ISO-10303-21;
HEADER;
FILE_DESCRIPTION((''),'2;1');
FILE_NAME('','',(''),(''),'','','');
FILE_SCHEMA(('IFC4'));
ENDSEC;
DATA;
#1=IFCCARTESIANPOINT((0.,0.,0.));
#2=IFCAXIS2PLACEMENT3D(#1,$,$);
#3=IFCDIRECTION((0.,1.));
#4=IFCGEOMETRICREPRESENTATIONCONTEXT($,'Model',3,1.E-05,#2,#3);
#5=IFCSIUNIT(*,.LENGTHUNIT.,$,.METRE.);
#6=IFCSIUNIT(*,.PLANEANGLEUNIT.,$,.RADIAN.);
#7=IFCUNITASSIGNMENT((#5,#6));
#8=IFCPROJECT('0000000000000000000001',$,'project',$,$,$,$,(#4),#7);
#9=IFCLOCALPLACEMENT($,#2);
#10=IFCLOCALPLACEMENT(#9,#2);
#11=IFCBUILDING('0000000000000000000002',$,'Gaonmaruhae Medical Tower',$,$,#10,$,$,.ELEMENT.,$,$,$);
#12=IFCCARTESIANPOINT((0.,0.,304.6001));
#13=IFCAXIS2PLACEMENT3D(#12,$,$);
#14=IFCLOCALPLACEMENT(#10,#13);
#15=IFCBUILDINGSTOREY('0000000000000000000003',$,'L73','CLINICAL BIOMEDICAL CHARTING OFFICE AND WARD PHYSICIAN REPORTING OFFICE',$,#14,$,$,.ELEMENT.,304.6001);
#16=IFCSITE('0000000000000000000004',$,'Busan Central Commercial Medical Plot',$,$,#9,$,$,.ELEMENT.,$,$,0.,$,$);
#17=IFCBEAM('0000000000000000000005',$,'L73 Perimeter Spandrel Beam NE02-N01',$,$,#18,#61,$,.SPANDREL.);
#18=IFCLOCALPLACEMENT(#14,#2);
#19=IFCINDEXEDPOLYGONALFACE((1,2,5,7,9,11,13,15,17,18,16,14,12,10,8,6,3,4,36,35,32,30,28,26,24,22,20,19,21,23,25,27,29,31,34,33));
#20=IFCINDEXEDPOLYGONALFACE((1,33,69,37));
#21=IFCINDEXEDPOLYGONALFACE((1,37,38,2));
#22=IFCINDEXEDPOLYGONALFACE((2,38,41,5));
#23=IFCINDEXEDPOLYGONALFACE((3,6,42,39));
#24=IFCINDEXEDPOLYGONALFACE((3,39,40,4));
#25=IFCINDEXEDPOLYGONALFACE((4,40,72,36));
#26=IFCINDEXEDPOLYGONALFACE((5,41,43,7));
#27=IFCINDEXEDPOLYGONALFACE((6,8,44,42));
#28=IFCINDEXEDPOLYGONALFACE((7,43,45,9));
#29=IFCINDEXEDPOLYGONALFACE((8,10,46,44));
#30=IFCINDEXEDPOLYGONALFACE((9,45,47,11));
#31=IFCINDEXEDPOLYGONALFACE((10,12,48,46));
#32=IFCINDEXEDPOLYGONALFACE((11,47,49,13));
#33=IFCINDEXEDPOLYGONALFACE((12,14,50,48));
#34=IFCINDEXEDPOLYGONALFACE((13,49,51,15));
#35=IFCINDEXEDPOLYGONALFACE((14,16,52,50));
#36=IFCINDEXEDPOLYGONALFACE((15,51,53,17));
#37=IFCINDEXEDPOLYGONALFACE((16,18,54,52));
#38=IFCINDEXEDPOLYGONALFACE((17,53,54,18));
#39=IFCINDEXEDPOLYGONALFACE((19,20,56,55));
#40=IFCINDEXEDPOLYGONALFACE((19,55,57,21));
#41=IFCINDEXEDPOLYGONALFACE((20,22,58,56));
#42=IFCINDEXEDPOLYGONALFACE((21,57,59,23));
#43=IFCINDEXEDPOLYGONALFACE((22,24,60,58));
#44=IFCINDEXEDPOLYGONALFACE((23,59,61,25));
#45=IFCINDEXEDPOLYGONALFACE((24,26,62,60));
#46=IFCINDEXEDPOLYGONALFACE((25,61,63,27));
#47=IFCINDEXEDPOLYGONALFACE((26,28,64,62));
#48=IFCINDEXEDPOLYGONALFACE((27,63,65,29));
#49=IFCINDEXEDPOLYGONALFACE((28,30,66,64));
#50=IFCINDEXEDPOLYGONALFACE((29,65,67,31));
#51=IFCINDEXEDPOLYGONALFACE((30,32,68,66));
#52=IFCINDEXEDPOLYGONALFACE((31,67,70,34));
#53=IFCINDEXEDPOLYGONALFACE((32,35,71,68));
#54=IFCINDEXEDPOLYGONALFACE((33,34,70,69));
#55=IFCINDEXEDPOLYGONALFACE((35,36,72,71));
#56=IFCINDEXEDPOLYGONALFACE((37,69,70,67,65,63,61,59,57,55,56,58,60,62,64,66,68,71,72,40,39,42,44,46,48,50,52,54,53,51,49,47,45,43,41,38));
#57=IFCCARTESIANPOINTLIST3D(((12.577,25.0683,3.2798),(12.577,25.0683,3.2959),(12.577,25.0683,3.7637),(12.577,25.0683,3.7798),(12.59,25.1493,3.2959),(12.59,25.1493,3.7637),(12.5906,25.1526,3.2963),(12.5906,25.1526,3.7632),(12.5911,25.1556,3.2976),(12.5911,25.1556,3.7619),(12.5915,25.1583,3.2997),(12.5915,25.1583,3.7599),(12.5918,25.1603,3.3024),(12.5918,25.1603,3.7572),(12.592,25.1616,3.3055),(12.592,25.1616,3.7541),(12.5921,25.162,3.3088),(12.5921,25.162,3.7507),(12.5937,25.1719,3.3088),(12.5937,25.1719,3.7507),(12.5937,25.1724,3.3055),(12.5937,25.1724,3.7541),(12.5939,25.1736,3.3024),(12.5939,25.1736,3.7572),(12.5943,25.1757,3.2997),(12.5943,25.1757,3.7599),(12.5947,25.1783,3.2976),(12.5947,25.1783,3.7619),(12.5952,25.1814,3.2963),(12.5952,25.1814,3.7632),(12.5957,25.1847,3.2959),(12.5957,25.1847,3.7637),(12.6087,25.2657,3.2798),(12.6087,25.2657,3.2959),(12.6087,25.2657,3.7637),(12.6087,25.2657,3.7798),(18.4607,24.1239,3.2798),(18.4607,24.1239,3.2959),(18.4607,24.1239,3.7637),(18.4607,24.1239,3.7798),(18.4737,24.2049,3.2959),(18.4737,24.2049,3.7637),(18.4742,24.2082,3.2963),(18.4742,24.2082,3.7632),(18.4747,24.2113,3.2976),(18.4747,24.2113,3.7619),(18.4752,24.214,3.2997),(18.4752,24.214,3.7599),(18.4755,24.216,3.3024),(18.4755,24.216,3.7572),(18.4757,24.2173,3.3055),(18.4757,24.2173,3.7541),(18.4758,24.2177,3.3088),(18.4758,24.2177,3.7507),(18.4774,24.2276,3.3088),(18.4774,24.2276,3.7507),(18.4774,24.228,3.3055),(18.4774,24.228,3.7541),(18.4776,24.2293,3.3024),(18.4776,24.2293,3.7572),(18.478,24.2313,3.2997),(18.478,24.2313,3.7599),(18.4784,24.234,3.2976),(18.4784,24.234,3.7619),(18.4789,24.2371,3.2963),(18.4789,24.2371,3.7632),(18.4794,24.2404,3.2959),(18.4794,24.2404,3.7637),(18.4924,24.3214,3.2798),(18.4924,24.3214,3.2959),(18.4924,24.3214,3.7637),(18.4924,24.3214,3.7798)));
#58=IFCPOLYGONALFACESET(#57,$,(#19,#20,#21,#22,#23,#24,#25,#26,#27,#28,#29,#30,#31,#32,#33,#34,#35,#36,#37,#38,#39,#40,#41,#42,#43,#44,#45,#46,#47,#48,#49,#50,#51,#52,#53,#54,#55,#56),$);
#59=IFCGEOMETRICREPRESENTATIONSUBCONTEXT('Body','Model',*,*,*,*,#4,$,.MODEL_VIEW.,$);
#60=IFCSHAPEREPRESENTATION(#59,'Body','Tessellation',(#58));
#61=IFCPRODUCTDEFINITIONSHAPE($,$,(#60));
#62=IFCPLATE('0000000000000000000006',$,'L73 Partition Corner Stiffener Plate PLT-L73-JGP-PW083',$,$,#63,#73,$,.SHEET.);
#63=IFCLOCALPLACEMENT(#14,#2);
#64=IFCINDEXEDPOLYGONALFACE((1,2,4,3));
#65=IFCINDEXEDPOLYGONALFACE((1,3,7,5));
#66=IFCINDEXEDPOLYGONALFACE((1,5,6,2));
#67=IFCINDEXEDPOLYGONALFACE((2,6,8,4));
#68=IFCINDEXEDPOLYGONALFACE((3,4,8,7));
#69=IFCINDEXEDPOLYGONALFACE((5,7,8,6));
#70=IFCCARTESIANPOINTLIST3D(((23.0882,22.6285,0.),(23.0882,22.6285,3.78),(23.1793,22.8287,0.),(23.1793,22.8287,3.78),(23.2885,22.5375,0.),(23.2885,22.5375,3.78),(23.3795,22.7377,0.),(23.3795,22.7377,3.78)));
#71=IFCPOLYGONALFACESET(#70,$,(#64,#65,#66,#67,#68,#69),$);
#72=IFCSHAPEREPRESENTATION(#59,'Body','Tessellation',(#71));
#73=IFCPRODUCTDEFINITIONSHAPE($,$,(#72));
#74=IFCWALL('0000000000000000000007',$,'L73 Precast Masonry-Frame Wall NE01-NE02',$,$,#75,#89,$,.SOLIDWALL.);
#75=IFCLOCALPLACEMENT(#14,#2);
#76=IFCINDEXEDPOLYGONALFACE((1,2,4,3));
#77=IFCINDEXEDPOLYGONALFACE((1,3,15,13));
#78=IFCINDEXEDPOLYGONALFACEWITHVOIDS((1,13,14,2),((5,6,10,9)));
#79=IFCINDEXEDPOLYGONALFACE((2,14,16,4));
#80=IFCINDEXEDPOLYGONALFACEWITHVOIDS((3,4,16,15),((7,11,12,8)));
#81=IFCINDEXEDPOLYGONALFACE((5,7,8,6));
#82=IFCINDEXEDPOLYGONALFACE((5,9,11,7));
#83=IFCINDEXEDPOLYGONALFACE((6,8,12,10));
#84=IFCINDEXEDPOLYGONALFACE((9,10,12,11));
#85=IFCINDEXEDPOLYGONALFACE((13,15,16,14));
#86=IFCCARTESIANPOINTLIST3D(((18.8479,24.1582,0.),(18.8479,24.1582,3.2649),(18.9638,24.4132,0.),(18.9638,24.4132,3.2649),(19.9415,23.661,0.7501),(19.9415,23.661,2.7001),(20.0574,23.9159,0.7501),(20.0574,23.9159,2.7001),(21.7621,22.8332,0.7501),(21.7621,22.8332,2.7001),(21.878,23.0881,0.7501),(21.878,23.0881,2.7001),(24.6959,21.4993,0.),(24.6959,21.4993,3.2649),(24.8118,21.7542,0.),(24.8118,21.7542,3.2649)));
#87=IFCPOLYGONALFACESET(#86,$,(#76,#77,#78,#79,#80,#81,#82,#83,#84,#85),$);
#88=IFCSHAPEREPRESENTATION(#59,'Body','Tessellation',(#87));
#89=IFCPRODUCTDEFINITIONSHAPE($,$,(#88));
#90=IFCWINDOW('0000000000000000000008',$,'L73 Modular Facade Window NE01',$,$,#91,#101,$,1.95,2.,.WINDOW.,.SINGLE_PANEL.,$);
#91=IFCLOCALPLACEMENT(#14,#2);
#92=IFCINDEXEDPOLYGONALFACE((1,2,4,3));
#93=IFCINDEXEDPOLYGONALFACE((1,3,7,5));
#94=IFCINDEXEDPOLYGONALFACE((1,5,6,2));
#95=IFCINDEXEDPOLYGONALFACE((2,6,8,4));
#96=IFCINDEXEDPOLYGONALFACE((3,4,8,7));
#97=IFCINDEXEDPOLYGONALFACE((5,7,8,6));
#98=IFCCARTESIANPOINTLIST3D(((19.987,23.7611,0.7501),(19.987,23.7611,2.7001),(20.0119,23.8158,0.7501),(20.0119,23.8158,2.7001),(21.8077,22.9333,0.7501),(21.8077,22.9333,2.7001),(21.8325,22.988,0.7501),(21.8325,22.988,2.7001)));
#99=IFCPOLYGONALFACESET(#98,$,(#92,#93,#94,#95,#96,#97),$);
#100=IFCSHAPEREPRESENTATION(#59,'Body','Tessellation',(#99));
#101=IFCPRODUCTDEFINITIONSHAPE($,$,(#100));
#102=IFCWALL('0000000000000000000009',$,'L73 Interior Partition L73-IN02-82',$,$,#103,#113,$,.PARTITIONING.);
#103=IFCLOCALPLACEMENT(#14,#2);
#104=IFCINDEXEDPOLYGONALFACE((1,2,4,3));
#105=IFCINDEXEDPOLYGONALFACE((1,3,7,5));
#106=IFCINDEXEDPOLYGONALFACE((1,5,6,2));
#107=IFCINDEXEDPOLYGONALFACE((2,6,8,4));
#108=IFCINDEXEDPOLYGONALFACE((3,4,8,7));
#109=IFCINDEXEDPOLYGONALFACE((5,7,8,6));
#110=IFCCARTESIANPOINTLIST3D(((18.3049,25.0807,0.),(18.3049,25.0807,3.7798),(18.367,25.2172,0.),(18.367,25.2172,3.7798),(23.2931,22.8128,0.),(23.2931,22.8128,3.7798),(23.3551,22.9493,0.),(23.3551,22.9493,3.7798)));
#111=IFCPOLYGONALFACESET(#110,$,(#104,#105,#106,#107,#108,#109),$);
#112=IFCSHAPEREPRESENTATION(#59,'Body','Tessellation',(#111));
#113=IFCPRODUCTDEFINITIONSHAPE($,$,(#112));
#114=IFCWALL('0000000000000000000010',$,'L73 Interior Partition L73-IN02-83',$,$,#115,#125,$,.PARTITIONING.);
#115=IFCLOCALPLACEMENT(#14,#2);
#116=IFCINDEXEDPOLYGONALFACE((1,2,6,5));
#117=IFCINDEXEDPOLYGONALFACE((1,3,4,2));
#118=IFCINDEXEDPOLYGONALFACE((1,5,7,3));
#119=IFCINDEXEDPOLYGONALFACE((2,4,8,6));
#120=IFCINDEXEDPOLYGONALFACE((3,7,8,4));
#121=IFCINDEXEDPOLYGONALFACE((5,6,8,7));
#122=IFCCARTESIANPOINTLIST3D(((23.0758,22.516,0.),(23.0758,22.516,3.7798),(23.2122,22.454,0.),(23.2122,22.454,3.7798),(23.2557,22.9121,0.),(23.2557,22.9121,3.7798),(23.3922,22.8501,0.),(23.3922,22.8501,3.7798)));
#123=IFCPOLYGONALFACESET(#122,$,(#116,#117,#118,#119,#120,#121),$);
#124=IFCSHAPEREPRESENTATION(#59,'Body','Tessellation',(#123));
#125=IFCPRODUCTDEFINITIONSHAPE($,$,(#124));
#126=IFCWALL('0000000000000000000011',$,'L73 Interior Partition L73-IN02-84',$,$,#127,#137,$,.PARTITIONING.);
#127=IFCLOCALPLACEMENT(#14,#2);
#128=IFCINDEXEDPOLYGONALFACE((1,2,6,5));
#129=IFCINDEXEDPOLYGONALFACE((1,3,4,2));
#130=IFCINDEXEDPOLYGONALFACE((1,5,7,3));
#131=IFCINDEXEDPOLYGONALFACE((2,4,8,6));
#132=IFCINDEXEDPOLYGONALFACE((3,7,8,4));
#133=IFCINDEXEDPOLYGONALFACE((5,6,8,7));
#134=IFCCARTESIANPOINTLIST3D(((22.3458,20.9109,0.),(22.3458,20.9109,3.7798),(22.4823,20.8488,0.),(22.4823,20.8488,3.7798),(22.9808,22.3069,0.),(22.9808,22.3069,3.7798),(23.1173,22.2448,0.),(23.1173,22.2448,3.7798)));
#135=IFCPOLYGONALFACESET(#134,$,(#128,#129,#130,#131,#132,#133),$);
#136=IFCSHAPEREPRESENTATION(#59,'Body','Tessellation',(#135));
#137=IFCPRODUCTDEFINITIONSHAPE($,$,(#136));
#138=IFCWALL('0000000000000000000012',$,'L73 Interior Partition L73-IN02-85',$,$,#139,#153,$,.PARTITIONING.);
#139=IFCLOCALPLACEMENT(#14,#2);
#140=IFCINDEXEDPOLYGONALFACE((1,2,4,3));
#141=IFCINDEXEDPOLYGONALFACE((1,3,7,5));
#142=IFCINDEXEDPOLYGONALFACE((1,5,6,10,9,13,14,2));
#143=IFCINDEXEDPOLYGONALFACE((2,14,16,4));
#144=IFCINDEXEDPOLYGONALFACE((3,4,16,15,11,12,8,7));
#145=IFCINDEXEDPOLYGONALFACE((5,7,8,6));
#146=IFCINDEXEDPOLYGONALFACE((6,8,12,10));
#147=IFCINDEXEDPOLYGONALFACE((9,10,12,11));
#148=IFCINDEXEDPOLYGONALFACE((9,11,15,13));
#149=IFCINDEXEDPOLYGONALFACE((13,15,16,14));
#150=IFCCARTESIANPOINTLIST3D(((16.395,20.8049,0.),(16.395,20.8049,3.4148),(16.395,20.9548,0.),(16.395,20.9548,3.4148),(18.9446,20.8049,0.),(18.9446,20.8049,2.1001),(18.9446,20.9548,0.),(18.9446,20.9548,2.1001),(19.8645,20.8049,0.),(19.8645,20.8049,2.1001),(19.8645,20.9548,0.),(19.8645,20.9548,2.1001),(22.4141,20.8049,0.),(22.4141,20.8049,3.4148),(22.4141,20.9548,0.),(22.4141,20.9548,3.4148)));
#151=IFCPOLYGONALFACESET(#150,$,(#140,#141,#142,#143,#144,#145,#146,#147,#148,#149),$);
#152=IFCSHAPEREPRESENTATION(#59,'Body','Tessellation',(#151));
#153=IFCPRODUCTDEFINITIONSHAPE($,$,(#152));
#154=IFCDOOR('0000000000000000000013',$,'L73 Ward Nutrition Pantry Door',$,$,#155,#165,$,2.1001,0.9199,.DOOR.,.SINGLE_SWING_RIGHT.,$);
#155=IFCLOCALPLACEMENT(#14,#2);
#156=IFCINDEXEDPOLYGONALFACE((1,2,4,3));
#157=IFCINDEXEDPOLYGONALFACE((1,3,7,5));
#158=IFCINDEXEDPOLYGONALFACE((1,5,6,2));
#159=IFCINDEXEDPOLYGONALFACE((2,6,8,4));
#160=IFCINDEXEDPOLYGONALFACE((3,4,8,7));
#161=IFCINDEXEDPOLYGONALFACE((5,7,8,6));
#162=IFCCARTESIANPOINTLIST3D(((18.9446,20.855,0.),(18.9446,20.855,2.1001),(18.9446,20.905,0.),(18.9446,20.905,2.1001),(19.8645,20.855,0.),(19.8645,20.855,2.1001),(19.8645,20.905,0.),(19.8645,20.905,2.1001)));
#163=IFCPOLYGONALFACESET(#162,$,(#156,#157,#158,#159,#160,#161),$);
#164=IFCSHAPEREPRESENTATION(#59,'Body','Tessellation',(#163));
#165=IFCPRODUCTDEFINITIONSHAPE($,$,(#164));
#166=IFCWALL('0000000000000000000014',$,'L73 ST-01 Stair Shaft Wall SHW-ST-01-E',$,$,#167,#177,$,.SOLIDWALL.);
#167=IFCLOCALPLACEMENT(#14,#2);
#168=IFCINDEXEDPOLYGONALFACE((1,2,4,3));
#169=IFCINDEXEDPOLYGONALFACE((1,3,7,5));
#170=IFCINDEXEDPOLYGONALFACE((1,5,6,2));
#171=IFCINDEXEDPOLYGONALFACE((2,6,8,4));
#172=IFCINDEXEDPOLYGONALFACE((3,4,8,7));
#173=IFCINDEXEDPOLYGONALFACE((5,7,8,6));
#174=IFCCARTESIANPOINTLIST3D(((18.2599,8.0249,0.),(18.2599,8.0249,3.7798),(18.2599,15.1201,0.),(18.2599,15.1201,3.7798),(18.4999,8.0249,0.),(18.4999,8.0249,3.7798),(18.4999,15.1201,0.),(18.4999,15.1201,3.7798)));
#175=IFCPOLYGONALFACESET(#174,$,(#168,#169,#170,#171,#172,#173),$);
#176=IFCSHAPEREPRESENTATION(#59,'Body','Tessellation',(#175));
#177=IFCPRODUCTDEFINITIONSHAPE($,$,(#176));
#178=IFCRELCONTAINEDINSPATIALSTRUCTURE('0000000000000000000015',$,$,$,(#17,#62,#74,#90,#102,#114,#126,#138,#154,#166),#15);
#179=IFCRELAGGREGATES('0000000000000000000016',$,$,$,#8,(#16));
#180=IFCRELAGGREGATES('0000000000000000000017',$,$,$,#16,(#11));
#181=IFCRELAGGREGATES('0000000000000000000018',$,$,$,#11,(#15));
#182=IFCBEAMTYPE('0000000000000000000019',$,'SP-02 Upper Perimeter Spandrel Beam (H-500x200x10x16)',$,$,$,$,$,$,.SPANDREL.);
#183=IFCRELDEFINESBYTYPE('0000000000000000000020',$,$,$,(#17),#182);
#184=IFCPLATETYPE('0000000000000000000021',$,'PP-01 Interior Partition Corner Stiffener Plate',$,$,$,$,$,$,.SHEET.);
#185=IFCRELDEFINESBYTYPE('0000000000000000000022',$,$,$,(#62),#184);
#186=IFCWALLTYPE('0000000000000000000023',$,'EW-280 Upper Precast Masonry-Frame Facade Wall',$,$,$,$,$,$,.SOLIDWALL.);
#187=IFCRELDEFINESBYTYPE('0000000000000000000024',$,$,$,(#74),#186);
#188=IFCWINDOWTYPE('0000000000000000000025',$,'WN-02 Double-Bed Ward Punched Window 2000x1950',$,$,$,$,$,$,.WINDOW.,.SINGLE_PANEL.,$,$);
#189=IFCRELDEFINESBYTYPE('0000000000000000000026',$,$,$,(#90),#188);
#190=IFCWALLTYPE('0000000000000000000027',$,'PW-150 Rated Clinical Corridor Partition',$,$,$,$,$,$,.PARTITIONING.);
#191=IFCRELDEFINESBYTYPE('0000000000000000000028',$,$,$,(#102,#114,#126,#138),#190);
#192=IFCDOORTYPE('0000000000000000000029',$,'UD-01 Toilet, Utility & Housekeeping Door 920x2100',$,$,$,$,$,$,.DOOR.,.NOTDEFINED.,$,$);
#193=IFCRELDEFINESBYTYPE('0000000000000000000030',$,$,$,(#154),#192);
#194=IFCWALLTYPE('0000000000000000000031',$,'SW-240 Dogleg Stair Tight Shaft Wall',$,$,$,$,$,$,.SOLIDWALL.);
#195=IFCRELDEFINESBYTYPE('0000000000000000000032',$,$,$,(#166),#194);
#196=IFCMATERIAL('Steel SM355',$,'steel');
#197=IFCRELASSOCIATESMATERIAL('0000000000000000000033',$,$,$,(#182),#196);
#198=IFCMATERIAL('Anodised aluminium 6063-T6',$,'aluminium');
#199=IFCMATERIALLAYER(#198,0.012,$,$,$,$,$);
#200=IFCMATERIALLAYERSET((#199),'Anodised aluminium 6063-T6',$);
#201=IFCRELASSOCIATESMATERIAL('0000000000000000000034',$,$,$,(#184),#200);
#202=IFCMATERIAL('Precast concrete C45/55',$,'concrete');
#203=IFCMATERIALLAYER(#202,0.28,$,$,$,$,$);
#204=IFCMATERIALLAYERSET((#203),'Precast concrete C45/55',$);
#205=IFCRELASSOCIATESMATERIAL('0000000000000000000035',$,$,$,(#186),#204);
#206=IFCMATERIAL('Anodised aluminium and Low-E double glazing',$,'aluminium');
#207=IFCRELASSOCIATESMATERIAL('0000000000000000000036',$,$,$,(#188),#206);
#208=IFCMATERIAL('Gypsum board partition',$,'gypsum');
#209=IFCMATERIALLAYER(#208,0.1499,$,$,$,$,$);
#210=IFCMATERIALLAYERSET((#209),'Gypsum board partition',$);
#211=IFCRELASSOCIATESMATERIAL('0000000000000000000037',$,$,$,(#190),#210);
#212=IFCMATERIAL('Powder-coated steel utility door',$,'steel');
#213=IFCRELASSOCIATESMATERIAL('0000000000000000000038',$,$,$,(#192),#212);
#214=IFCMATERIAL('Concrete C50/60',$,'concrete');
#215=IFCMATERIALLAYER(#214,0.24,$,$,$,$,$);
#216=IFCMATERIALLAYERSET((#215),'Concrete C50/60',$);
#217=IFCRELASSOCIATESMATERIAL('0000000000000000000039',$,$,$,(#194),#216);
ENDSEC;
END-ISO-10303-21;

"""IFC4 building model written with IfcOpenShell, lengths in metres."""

from ifc_helpers import new_model, si_unit, direction, frame, frame_2d, origin, origin_2d, place, context, subcontext, project, spatial, rectangle, i_section, extrude, material, layer, layer_set, material_profile, profile_set, type_object, element, fill, save


model = new_model("IFC4")

# Units and contexts
model_context = context("Model", 3, precision=1e-05, world=origin(), true_north=direction((0.0, 1.0)))
body_context = subcontext(model_context, "Body", "Model", "MODEL_VIEW")
ifc_project = project(units=[si_unit("LENGTHUNIT", "METRE"), si_unit("PLANEANGLEUNIT", "RADIAN")], contexts=[model_context])

# Site, building, storey
site_placement = place(None, origin())
site = spatial("IfcSite", under=ifc_project, at=site_placement, Name="Busan Central Commercial Medical Plot", CompositionType="ELEMENT", RefElevation=0.0)
building_placement = place(site_placement, origin())
building = spatial("IfcBuilding", under=site, at=building_placement, Name="Gaonmaruhae Medical Tower", CompositionType="ELEMENT")
storey_placement = place(building_placement, frame((0.0, 0.0, 304.6001)))
storey = spatial("IfcBuildingStorey", under=building, at=storey_placement, Name="L73", Description="CLINICAL BIOMEDICAL CHARTING OFFICE AND WARD PHYSICIAN REPORTING OFFICE", CompositionType="ELEMENT", Elevation=304.6001)

# Shared definitions
ifc_material_1 = material(Name="Concrete C50/60", Category="concrete")

# Beam
ifc_material_2 = material(Name="Steel SM355", Category="steel")
ifc_material_profile_1 = material_profile(ifc_material_2, i_section(OverallWidth=0.2, OverallDepth=0.5, WebThickness=0.01, FlangeThickness=0.0161, FilletRadius=0.0129, at=origin_2d()), Name="H-500x200x10x16")
ifc_profile_set_1 = profile_set([ifc_material_profile_1], Name="Steel SM355")
beam_type_1 = type_object("IfcBeamType", Name="SP-02 Upper Perimeter Spandrel Beam (H-500x200x10x16)", PredefinedType="SPANDREL", material=ifc_profile_set_1)
beam_1_placement = place(storey_placement, frame((18.4766, 24.2227, 3.5298), z_axis=(-0.987364, 0.15847, 0.0), x_axis=(-0.15847, -0.987364, 0.0)))
element("IfcBeam", 1, at=beam_1_placement, inside=storey, type_object=beam_type_1, Name="L73 Perimeter Spandrel Beam NE02-N01", PredefinedType="SPANDREL", context=body_context, shape_type="SweptSolid", body=[
    extrude(i_section(OverallWidth=0.2, OverallDepth=0.5, WebThickness=0.01, FlangeThickness=0.0161, FilletRadius=0.0129, at=origin_2d()), origin(), (0.0, 0.0, 1.0), 5.959),
])

# Plate
ifc_material_3 = material(Name="Anodised aluminium 6063-T6", Category="aluminium")
ifc_layer_1 = layer(ifc_material_3, 0.012)
ifc_layer_set_1 = layer_set([ifc_layer_1], Name="Anodised aluminium 6063-T6")
plate_type = type_object("IfcPlateType", Name="PP-01 Interior Partition Corner Stiffener Plate", PredefinedType="SHEET", material=ifc_layer_set_1)
plate_placement = place(storey_placement, frame((23.2339, 22.6831, 0.0), z_axis=(0.0, 0.0, 1.0), x_axis=(-0.413804, -0.910366, 0.0)))
element("IfcPlate", 2, at=plate_placement, inside=storey, type_object=plate_type, Name="L73 Partition Corner Stiffener Plate PLT-L73-JGP-PW083", PredefinedType="SHEET", context=body_context, shape_type="SweptSolid", body=[
    extrude(rectangle(XDim=0.22, YDim=0.22, at=origin_2d()), origin(), (0.0, 0.0, 1.0), 3.78),
])

# Wall, opening, window
ifc_material_4 = material(Name="Precast concrete C45/55", Category="concrete")
ifc_layer_2 = layer(ifc_material_4, 0.28)
ifc_layer_set_2 = layer_set([ifc_layer_2], Name="Precast concrete C45/55")
wall_type_1 = type_object("IfcWallType", Name="EW-280 Upper Precast Masonry-Frame Facade Wall", PredefinedType="SOLIDWALL", material=ifc_layer_set_2)
wall_1_placement = place(storey_placement, frame((18.906, 24.2856, 0.0), z_axis=(0.0, 0.0, 1.0), x_axis=(0.91032, -0.413906, 0.0)))
wall_1 = element("IfcWall", 3, at=wall_1_placement, inside=storey, type_object=wall_type_1, Name="L73 Precast Masonry-Frame Wall NE01-NE02", PredefinedType="SOLIDWALL", context=body_context, shape_type="SweptSolid", body=[
    extrude(rectangle(XDim=6.4241, YDim=0.28, at=frame_2d((3.2119, 0.0))), origin(), (0.0, 0.0, 1.0), 3.2649),
])
opening_1_placement = place(wall_1_placement, frame((1.2012, 0.0, 0.75)))
opening_1 = element("IfcOpeningElement", 4, at=opening_1_placement, cuts=wall_1, PredefinedType="OPENING", context=body_context, shape_type="SweptSolid", body=[
    extrude(rectangle(XDim=2.0, YDim=1.95, at=frame_2d((1.0, 0.9751))), frame((0.0, 0.1499, 0.0), z_axis=(0.0, -1.0, 0.0), x_axis=(1.0, 0.0, 0.0)), (0.0, 0.0, 1.0), 0.3),
])
ifc_material_5 = material(Name="Anodised aluminium and Low-E double glazing", Category="aluminium")
window_type = type_object("IfcWindowType", Name="WN-02 Double-Bed Ward Punched Window 2000x1950", PartitioningType="SINGLE_PANEL", PredefinedType="WINDOW", material=ifc_material_5)
window_placement = place(opening_1_placement, origin())
window = element("IfcWindow", 5, at=window_placement, inside=storey, type_object=window_type, Name="L73 Modular Facade Window NE01", OverallHeight=1.95, OverallWidth=2.0, PartitioningType="SINGLE_PANEL", PredefinedType="WINDOW", context=body_context, shape_type="SweptSolid", body=[
    extrude(rectangle(XDim=2.0, YDim=1.95, at=frame_2d((1.0, 0.9751))), frame((0.0, 0.03, 0.0), z_axis=(0.0, -1.0, 0.0), x_axis=(1.0, 0.0, 0.0)), (0.0, 0.0, 1.0), 0.0601),
])
fill(opening_1, window)

# Walls
ifc_material_6 = material(Name="Gypsum board partition", Category="gypsum")
ifc_layer_3 = layer(ifc_material_6, 0.1499)
ifc_layer_set_3 = layer_set([ifc_layer_3], Name="Gypsum board partition")
wall_type_2 = type_object("IfcWallType", Name="PW-150 Rated Clinical Corridor Partition", PredefinedType="PARTITIONING", material=ifc_layer_set_3)
wall_2_placement = place(storey_placement, frame((18.3359, 25.1489, 0.0), z_axis=(0.0, 0.0, 1.0), x_axis=(0.91033, -0.413884, 0.0)))
element("IfcWall", 6, at=wall_2_placement, inside=storey, type_object=wall_type_2, Name="L73 Interior Partition L73-IN02-82", PredefinedType="PARTITIONING", context=body_context, shape_type="SweptSolid", body=[
    extrude(rectangle(XDim=5.4795, YDim=0.1499, at=frame_2d((2.7397, 0.0))), origin(), (0.0, 0.0, 1.0), 3.7798),
])
wall_3_placement = place(storey_placement, frame((23.324, 22.8811, 0.0), z_axis=(0.0, 0.0, 1.0), x_axis=(-0.413676, -0.910424, 0.0)))
element("IfcWall", 7, at=wall_3_placement, inside=storey, type_object=wall_type_2, Name="L73 Interior Partition L73-IN02-83", PredefinedType="PARTITIONING", context=body_context, shape_type="SweptSolid", body=[
    extrude(rectangle(XDim=0.4351, YDim=0.1499, at=frame_2d((0.2175, 0.0))), origin(), (0.0, 0.0, 1.0), 3.7798),
])
wall_4_placement = place(storey_placement, frame((23.0491, 22.2759, 0.0), z_axis=(0.0, 0.0, 1.0), x_axis=(-0.414055, -0.910252, 0.0)))
element("IfcWall", 8, at=wall_4_placement, inside=storey, type_object=wall_type_2, Name="L73 Interior Partition L73-IN02-84", PredefinedType="PARTITIONING", context=body_context, shape_type="SweptSolid", body=[
    extrude(rectangle(XDim=1.5337, YDim=0.1499, at=frame_2d((0.7668, 0.0))), origin(), (0.0, 0.0, 1.0), 3.7798),
])

# Wall, opening, door
wall_5_placement = place(storey_placement, frame((22.4141, 20.8799, 0.0), z_axis=(0.0, 0.0, 1.0), x_axis=(-1.0, 0.0, 0.0)))
wall_5 = element("IfcWall", 9, at=wall_5_placement, inside=storey, type_object=wall_type_2, Name="L73 Interior Partition L73-IN02-85", PredefinedType="PARTITIONING", context=body_context, shape_type="SweptSolid", body=[
    extrude(rectangle(XDim=6.019, YDim=0.1499, at=frame_2d((3.0095, 0.0))), origin(), (0.0, 0.0, 1.0), 3.4148),
])
opening_2_placement = place(wall_5_placement, frame((2.5496, 0.0, 0.0)))
opening_2 = element("IfcOpeningElement", 10, at=opening_2_placement, cuts=wall_5, PredefinedType="OPENING", context=body_context, shape_type="SweptSolid", body=[
    extrude(rectangle(XDim=0.9199, YDim=2.1001, at=frame_2d((0.46, 1.05))), frame((0.0, 0.085, 0.0), z_axis=(0.0, -1.0, 0.0), x_axis=(1.0, 0.0, 0.0)), (0.0, 0.0, 1.0), 0.1699),
])
ifc_material_7 = material(Name="Powder-coated steel utility door", Category="steel")
door_type_1 = type_object("IfcDoorType", Name="UD-01 Toilet, Utility & Housekeeping Door 920x2100", OperationType="NOTDEFINED", PredefinedType="DOOR", material=ifc_material_7)
door_1_placement = place(opening_2_placement, origin())
door_1 = element("IfcDoor", 11, at=door_1_placement, inside=storey, type_object=door_type_1, Name="L73 Ward Nutrition Pantry Door", OperationType="SINGLE_SWING_RIGHT", OverallHeight=2.1001, OverallWidth=0.9199, PredefinedType="DOOR", context=body_context, shape_type="SweptSolid", body=[
    extrude(rectangle(XDim=0.9199, YDim=2.1001, at=frame_2d((0.46, 1.05))), frame((0.0, 0.0249, 0.0), z_axis=(0.0, -1.0, 0.0), x_axis=(1.0, 0.0, 0.0)), (0.0, 0.0, 1.0), 0.05),
])
fill(opening_2, door_1)

# Wall
ifc_layer_4 = layer(ifc_material_1, 0.24)
ifc_layer_set_4 = layer_set([ifc_layer_4], Name="Concrete C50/60")
wall_type_3 = type_object("IfcWallType", Name="SW-240 Dogleg Stair Tight Shaft Wall", PredefinedType="SOLIDWALL", material=ifc_layer_set_4)
wall_6_placement = place(storey_placement, frame((18.3799, 15.1201, 0.0), z_axis=(0.0, 0.0, 1.0), x_axis=(0.0, -1.0, 0.0)))
element("IfcWall", 12, at=wall_6_placement, inside=storey, type_object=wall_type_3, Name="L73 ST-01 Stair Shaft Wall SHW-ST-01-E", PredefinedType="SOLIDWALL", context=body_context, shape_type="SweptSolid", body=[
    extrude(rectangle(XDim=7.0952, YDim=0.24, at=frame_2d((3.5476, 0.0))), origin(), (0.0, 0.0, 1.0), 3.7798),
])

save(model, "model.ifc")
